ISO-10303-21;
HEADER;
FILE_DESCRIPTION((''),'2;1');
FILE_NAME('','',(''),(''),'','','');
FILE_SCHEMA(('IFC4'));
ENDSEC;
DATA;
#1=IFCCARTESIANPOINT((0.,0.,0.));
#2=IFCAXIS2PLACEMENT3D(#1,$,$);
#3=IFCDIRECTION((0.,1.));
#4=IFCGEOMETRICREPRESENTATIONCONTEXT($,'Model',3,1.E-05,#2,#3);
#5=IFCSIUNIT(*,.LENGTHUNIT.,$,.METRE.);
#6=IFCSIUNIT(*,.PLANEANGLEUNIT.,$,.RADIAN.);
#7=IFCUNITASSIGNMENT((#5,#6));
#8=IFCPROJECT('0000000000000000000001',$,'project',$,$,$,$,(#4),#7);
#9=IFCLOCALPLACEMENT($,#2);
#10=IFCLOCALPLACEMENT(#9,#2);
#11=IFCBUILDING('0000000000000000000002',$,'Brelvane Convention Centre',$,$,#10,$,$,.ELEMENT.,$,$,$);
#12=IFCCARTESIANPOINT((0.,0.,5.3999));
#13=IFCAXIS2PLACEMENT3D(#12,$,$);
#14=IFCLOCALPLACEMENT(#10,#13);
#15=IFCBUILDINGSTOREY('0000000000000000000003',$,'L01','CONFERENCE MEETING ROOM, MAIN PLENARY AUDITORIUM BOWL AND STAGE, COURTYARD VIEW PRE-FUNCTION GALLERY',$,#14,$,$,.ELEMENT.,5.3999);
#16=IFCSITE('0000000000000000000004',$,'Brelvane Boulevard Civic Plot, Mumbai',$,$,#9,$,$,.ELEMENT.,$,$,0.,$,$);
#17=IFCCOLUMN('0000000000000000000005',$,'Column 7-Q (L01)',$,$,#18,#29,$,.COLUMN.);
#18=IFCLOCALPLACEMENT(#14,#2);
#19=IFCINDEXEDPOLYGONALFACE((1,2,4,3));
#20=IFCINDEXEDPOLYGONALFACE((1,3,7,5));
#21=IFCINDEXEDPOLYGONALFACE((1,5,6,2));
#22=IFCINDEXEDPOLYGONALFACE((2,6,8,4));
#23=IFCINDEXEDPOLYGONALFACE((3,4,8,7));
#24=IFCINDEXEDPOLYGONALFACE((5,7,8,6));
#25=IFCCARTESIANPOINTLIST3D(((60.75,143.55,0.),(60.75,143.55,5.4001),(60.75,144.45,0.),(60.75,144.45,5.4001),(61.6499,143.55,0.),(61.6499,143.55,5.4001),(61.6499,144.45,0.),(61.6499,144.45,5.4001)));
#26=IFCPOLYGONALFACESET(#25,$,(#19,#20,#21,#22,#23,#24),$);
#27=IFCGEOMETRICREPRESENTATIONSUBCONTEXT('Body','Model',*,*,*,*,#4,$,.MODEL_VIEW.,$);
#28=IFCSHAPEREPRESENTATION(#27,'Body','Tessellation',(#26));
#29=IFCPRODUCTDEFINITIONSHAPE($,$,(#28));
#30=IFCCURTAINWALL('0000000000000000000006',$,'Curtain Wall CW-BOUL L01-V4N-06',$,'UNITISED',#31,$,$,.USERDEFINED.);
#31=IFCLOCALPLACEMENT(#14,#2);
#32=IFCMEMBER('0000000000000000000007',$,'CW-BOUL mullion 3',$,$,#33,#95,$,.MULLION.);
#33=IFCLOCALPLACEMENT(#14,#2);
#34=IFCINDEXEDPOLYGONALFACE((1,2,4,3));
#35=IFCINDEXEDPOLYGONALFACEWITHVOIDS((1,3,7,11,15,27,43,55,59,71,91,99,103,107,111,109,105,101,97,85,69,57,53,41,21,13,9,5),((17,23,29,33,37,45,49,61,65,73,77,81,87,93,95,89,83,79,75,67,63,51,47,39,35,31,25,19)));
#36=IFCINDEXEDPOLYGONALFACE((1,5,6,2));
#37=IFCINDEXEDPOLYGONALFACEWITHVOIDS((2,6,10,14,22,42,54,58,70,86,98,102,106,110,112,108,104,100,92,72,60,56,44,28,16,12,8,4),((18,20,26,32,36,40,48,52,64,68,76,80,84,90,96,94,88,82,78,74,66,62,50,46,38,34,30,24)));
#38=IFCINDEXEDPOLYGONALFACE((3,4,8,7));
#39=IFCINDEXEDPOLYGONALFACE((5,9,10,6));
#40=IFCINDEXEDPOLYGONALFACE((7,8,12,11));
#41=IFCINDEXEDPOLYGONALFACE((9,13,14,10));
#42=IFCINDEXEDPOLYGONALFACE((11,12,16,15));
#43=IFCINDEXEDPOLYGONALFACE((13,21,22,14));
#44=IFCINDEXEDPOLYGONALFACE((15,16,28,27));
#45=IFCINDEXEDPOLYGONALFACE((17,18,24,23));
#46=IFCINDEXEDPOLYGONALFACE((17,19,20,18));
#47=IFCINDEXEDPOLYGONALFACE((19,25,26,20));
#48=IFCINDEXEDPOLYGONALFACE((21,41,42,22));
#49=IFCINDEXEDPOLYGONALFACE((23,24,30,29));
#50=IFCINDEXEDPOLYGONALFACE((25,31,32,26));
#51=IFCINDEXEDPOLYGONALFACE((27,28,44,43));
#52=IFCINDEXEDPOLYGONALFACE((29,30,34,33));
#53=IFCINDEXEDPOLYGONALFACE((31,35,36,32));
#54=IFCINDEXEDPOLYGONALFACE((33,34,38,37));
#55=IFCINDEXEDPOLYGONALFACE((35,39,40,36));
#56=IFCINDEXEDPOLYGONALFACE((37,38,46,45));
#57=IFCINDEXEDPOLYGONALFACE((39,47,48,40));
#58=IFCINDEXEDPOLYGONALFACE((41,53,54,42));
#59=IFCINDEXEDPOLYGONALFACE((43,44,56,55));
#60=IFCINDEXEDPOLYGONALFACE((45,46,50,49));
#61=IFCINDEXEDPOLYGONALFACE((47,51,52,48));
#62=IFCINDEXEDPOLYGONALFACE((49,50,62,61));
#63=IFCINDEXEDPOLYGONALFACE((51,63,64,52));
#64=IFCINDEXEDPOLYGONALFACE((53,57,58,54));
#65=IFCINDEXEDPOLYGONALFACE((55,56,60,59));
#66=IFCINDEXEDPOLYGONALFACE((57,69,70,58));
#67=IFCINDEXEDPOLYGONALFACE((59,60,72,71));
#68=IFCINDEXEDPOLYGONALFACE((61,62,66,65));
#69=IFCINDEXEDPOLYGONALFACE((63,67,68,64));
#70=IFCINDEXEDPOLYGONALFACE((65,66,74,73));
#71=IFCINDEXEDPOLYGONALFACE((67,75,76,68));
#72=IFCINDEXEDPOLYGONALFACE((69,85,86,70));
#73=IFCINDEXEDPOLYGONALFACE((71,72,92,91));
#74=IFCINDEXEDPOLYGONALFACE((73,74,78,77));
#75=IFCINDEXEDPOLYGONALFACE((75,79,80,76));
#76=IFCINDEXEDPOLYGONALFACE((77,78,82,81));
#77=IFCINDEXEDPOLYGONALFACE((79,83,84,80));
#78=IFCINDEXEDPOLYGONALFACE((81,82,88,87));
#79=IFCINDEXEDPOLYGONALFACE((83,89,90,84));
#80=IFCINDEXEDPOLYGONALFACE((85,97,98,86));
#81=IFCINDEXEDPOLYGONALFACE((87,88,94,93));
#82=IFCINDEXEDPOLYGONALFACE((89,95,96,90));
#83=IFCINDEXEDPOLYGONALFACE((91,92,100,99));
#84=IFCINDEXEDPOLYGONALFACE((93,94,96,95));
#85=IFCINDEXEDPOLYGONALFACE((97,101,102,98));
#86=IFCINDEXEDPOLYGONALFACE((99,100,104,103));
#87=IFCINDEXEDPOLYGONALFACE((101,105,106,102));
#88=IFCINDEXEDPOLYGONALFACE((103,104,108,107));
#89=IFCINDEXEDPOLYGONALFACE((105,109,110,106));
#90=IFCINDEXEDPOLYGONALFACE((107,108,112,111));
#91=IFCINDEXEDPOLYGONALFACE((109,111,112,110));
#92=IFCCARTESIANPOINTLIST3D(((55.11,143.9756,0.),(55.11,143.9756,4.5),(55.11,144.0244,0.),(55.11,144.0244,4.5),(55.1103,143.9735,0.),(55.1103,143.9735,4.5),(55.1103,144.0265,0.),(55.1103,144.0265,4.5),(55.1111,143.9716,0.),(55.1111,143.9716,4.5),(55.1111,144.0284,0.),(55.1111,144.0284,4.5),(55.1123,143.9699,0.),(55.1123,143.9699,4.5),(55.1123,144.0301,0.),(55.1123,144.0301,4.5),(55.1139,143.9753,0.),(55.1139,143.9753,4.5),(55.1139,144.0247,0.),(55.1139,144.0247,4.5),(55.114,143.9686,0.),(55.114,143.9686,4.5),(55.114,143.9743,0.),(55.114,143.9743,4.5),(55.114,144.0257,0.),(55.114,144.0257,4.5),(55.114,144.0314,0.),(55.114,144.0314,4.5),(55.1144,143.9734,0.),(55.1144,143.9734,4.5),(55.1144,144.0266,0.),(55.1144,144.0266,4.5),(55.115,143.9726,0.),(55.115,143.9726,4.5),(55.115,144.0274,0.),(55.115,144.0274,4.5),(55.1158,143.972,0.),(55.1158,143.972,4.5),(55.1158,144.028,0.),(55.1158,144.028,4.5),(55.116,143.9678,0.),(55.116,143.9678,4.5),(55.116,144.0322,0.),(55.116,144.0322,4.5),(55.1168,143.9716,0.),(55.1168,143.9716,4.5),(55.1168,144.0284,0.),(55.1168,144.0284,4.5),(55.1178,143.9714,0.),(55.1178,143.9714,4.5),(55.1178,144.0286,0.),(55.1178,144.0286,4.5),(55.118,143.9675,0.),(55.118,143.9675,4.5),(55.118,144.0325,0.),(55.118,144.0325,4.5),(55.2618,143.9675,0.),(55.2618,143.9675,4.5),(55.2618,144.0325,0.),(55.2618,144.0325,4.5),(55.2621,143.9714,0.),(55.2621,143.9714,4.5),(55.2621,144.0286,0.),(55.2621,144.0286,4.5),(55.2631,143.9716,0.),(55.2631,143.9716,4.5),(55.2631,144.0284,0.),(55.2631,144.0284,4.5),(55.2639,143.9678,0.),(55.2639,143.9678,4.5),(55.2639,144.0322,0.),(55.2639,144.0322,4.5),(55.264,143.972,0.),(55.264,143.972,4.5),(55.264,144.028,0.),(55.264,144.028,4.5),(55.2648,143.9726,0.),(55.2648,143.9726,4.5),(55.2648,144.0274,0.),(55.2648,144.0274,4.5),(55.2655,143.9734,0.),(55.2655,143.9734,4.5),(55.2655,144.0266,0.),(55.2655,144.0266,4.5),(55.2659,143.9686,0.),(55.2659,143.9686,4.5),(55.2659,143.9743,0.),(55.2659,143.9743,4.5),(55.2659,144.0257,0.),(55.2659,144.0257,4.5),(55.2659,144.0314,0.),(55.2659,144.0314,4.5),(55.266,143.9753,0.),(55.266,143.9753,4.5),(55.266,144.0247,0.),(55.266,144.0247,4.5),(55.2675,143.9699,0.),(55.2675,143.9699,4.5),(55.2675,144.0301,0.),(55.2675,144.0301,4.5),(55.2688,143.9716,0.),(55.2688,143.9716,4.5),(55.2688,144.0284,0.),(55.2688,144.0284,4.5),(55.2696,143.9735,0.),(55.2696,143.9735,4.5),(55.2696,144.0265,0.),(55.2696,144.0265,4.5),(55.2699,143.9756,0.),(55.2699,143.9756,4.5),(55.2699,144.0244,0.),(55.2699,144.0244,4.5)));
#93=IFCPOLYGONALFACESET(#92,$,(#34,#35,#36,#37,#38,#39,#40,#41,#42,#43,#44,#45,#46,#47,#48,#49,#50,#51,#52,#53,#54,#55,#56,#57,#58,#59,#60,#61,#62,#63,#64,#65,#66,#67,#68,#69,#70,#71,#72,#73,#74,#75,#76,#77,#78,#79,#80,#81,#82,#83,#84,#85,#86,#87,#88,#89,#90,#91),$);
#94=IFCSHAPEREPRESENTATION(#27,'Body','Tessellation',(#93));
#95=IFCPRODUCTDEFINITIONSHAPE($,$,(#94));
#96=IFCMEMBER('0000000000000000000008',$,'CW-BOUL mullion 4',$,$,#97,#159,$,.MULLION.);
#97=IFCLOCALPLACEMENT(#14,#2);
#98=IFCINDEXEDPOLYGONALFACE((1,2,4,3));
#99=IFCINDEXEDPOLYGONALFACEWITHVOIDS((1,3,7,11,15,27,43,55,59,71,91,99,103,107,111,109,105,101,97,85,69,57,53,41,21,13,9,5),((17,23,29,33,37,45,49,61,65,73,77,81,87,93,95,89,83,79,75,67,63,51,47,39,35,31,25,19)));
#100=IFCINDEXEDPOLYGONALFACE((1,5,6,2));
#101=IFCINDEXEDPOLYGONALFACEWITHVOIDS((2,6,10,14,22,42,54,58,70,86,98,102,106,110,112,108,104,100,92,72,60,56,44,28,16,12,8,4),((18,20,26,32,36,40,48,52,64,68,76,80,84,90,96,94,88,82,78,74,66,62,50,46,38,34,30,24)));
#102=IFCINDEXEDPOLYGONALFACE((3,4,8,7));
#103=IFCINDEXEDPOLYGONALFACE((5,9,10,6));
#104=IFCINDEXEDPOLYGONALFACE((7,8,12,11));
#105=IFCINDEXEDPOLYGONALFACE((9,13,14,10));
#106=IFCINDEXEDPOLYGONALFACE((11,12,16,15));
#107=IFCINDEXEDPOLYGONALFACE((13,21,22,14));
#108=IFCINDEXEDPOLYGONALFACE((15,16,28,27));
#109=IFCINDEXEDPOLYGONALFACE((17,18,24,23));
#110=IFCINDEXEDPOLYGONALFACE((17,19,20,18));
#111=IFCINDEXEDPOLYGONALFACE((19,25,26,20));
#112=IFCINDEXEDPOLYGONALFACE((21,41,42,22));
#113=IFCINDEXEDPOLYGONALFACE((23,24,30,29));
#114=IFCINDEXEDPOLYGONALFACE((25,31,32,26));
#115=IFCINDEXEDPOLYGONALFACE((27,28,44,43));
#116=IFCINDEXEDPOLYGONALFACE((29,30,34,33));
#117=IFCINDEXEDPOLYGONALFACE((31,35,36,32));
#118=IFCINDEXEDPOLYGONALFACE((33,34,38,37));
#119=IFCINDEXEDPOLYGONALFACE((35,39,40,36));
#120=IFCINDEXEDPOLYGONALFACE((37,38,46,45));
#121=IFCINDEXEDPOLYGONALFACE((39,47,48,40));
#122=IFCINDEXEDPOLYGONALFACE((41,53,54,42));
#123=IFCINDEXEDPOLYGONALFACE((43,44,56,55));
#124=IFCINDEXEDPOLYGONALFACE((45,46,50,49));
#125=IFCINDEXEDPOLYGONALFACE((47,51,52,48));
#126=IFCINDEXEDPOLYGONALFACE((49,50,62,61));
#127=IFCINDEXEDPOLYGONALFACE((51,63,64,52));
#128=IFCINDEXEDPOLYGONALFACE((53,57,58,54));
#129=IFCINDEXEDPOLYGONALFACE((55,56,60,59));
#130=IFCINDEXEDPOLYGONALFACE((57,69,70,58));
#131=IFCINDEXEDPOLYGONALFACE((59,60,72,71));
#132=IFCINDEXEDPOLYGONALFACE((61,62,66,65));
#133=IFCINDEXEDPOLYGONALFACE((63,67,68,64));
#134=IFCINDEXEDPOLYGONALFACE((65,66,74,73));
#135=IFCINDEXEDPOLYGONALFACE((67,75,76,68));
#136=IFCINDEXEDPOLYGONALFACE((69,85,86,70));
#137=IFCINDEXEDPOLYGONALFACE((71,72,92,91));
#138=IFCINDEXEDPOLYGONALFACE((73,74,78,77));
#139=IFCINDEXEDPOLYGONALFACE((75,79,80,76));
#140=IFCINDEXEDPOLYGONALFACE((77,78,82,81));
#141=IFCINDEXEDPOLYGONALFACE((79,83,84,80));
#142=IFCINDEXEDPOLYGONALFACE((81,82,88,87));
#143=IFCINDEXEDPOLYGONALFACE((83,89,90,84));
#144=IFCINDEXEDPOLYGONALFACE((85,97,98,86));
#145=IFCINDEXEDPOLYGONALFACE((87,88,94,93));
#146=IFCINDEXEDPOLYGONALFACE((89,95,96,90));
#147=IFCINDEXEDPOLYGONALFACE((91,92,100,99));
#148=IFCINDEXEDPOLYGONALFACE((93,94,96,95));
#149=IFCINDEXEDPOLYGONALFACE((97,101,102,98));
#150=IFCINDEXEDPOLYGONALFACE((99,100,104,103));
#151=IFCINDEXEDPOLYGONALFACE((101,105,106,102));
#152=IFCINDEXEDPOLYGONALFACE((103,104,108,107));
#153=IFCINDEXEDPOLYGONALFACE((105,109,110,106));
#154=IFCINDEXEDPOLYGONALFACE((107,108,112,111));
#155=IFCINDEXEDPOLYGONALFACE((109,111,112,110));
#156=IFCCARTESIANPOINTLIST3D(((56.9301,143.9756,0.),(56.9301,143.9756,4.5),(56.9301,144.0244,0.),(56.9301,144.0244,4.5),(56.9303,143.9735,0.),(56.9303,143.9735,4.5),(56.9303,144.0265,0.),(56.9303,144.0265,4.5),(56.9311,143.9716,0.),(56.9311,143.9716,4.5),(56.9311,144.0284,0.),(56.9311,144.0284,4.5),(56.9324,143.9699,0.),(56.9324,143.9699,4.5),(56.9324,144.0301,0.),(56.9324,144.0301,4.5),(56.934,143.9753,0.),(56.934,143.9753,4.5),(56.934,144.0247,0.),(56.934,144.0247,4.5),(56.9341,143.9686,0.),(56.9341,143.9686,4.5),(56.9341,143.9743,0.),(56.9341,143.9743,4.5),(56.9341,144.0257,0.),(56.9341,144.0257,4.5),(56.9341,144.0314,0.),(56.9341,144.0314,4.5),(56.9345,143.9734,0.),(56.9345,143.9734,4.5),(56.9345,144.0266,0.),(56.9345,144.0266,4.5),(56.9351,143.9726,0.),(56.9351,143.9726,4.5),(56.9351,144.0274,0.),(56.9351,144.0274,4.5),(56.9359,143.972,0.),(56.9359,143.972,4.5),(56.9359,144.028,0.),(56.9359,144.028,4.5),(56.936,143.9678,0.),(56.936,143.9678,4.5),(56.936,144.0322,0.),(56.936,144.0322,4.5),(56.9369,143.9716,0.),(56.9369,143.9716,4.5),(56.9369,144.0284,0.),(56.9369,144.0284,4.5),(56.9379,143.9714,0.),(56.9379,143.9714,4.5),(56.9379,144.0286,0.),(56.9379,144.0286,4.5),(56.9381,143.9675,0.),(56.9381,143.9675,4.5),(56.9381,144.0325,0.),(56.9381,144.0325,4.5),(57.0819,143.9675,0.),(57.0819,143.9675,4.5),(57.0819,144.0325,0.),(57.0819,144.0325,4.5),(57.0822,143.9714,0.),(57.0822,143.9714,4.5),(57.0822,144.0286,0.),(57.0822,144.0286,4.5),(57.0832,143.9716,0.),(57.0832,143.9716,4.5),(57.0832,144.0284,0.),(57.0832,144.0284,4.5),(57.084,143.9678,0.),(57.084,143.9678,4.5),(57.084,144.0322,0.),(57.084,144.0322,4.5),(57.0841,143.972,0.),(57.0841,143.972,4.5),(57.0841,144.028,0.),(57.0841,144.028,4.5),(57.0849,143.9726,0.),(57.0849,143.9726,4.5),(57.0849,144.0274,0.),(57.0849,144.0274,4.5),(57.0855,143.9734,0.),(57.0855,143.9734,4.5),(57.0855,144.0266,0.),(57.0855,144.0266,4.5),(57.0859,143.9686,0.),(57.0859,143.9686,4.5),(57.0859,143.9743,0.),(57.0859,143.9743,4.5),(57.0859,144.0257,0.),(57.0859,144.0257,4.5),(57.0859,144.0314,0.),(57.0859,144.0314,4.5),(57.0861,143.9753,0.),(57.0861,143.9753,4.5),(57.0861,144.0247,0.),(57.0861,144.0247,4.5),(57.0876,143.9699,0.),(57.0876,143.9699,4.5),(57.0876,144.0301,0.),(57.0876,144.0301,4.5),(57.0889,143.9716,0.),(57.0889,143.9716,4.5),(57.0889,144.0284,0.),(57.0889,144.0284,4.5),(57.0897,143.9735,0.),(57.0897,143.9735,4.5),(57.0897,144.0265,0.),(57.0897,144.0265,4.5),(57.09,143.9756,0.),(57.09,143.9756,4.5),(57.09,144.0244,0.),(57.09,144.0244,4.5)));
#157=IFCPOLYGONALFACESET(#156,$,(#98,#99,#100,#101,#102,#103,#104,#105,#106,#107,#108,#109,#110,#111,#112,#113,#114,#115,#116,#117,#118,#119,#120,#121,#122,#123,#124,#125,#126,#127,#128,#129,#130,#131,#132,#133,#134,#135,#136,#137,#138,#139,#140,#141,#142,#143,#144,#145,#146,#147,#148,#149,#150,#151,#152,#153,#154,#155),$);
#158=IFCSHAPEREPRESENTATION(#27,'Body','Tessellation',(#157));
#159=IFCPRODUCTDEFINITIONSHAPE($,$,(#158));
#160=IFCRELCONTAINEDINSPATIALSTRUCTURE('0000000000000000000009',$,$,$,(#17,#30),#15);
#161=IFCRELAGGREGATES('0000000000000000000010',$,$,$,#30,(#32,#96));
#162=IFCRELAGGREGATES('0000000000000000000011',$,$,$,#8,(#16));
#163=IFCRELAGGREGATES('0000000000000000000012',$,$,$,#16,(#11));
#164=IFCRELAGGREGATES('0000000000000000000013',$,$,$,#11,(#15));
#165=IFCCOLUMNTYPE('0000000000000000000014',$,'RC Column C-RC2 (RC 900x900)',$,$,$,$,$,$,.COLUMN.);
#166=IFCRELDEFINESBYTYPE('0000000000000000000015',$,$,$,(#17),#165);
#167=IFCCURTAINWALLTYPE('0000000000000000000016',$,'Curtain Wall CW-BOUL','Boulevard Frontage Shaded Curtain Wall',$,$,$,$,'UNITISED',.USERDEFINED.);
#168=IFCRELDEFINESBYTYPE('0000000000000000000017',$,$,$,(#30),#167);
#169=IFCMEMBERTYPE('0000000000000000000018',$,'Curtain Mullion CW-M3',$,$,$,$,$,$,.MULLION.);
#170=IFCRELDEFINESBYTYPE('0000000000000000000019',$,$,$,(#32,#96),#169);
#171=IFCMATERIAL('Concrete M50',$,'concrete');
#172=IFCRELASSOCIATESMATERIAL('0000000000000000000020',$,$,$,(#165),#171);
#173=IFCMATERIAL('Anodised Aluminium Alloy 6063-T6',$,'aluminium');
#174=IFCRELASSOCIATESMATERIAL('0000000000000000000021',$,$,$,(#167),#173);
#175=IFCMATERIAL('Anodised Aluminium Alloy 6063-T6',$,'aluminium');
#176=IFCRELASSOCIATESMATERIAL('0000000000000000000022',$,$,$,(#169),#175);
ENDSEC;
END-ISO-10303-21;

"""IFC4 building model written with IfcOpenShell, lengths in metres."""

from ifc_helpers import new_model, si_unit, direction, frame, origin, origin_2d, place, context, subcontext, project, spatial, rectangle, hollow_rectangle, extrude, material, material_profile, profile_set, type_object, element, aggregate, save


model = new_model("IFC4")

# Units and contexts
model_context = context("Model", 3, precision=1e-05, world=origin(), true_north=direction((0.0, 1.0)))
body_context = subcontext(model_context, "Body", "Model", "MODEL_VIEW")
ifc_project = project(units=[si_unit("LENGTHUNIT", "METRE"), si_unit("PLANEANGLEUNIT", "RADIAN")], contexts=[model_context])

# Site, building, storey
site_placement = place(None, origin())
site = spatial("IfcSite", under=ifc_project, at=site_placement, Name="Brelvane Boulevard Civic Plot, Mumbai", CompositionType="ELEMENT", RefElevation=0.0)
building_placement = place(site_placement, origin())
building = spatial("IfcBuilding", under=site, at=building_placement, Name="Brelvane Convention Centre", CompositionType="ELEMENT")
storey_placement = place(building_placement, frame((0.0, 0.0, 5.3999)))
storey = spatial("IfcBuildingStorey", under=building, at=storey_placement, Name="L01", Description="CONFERENCE MEETING ROOM, MAIN PLENARY AUDITORIUM BOWL AND STAGE, COURTYARD VIEW PRE-FUNCTION GALLERY", CompositionType="ELEMENT", Elevation=5.3999)

# Column
ifc_material_1 = material(Name="Concrete M50", Category="concrete")
ifc_material_profile_1 = material_profile(ifc_material_1, rectangle(XDim=0.8999, YDim=0.8999, at=origin_2d()), Name="RC 900x900")
ifc_profile_set_1 = profile_set([ifc_material_profile_1], Name="Concrete M50")
column_type = type_object("IfcColumnType", Name="RC Column C-RC2 (RC 900x900)", PredefinedType="COLUMN", material=ifc_profile_set_1)
column_placement = place(storey_placement, frame((61.2, 144.0, 0.0), z_axis=(0.0, 0.0, 1.0), x_axis=(1.0, 0.0, 0.0)))
element("IfcColumn", 1, at=column_placement, inside=storey, type_object=column_type, Name="Column 7-Q (L01)", PredefinedType="COLUMN", context=body_context, shape_type="SweptSolid", body=[
    extrude(rectangle(XDim=0.8999, YDim=0.8999, at=origin_2d()), origin(), (0.0, 0.0, 1.0), 5.4001),
])

# Curtain wall, members
ifc_material_2 = material(Name="Anodised Aluminium Alloy 6063-T6", Category="aluminium")
curtain_wall_type = type_object("IfcCurtainWallType", Name="Curtain Wall CW-BOUL", Description="Boulevard Frontage Shaded Curtain Wall", ElementType="UNITISED", PredefinedType="USERDEFINED", material=ifc_material_2)
curtain_wall_placement = place(storey_placement, origin())
curtain_wall = element("IfcCurtainWall", 2, at=curtain_wall_placement, inside=storey, type_object=curtain_wall_type, Name="Curtain Wall CW-BOUL L01-V4N-06", ObjectType="UNITISED", PredefinedType="USERDEFINED")
ifc_material_3 = material(Name="Anodised Aluminium Alloy 6063-T6", Category="aluminium")
ifc_material_profile_2 = material_profile(ifc_material_3, hollow_rectangle(XDim=0.0649, YDim=0.1599, WallThickness=0.0039, InnerFilletRadius=0.0039, OuterFilletRadius=0.0081, at=origin_2d()), Name="ALU-M 160x65x4.0")
ifc_profile_set_2 = profile_set([ifc_material_profile_2], Name="Anodised Aluminium Alloy 6063-T6")
member_type_1 = type_object("IfcMemberType", Name="Curtain Mullion CW-M3", PredefinedType="MULLION", material=ifc_profile_set_2)
member_1_placement = place(storey_placement, frame((55.1899, 144.0, 0.0), z_axis=(0.0, 0.0, 1.0), x_axis=(0.0, 1.0, 0.0)))
member_1 = element("IfcMember", 3, at=member_1_placement, type_object=member_type_1, Name="CW-BOUL mullion 3", PredefinedType="MULLION", context=body_context, shape_type="SweptSolid", body=[
    extrude(hollow_rectangle(XDim=0.0649, YDim=0.1599, WallThickness=0.0039, InnerFilletRadius=0.0039, OuterFilletRadius=0.0081, at=origin_2d()), origin(), (0.0, 0.0, 1.0), 4.5),
])
member_2_placement = place(storey_placement, frame((57.01, 144.0, 0.0), z_axis=(0.0, 0.0, 1.0), x_axis=(0.0, 1.0, 0.0)))
member_2 = element("IfcMember", 4, at=member_2_placement, type_object=member_type_1, Name="CW-BOUL mullion 4", PredefinedType="MULLION", context=body_context, shape_type="SweptSolid", body=[
    extrude(hollow_rectangle(XDim=0.0649, YDim=0.1599, WallThickness=0.0039, InnerFilletRadius=0.0039, OuterFilletRadius=0.0081, at=origin_2d()), origin(), (0.0, 0.0, 1.0), 4.5),
])

aggregate(curtain_wall, [member_1, member_2])

save(model, "model.ifc")
